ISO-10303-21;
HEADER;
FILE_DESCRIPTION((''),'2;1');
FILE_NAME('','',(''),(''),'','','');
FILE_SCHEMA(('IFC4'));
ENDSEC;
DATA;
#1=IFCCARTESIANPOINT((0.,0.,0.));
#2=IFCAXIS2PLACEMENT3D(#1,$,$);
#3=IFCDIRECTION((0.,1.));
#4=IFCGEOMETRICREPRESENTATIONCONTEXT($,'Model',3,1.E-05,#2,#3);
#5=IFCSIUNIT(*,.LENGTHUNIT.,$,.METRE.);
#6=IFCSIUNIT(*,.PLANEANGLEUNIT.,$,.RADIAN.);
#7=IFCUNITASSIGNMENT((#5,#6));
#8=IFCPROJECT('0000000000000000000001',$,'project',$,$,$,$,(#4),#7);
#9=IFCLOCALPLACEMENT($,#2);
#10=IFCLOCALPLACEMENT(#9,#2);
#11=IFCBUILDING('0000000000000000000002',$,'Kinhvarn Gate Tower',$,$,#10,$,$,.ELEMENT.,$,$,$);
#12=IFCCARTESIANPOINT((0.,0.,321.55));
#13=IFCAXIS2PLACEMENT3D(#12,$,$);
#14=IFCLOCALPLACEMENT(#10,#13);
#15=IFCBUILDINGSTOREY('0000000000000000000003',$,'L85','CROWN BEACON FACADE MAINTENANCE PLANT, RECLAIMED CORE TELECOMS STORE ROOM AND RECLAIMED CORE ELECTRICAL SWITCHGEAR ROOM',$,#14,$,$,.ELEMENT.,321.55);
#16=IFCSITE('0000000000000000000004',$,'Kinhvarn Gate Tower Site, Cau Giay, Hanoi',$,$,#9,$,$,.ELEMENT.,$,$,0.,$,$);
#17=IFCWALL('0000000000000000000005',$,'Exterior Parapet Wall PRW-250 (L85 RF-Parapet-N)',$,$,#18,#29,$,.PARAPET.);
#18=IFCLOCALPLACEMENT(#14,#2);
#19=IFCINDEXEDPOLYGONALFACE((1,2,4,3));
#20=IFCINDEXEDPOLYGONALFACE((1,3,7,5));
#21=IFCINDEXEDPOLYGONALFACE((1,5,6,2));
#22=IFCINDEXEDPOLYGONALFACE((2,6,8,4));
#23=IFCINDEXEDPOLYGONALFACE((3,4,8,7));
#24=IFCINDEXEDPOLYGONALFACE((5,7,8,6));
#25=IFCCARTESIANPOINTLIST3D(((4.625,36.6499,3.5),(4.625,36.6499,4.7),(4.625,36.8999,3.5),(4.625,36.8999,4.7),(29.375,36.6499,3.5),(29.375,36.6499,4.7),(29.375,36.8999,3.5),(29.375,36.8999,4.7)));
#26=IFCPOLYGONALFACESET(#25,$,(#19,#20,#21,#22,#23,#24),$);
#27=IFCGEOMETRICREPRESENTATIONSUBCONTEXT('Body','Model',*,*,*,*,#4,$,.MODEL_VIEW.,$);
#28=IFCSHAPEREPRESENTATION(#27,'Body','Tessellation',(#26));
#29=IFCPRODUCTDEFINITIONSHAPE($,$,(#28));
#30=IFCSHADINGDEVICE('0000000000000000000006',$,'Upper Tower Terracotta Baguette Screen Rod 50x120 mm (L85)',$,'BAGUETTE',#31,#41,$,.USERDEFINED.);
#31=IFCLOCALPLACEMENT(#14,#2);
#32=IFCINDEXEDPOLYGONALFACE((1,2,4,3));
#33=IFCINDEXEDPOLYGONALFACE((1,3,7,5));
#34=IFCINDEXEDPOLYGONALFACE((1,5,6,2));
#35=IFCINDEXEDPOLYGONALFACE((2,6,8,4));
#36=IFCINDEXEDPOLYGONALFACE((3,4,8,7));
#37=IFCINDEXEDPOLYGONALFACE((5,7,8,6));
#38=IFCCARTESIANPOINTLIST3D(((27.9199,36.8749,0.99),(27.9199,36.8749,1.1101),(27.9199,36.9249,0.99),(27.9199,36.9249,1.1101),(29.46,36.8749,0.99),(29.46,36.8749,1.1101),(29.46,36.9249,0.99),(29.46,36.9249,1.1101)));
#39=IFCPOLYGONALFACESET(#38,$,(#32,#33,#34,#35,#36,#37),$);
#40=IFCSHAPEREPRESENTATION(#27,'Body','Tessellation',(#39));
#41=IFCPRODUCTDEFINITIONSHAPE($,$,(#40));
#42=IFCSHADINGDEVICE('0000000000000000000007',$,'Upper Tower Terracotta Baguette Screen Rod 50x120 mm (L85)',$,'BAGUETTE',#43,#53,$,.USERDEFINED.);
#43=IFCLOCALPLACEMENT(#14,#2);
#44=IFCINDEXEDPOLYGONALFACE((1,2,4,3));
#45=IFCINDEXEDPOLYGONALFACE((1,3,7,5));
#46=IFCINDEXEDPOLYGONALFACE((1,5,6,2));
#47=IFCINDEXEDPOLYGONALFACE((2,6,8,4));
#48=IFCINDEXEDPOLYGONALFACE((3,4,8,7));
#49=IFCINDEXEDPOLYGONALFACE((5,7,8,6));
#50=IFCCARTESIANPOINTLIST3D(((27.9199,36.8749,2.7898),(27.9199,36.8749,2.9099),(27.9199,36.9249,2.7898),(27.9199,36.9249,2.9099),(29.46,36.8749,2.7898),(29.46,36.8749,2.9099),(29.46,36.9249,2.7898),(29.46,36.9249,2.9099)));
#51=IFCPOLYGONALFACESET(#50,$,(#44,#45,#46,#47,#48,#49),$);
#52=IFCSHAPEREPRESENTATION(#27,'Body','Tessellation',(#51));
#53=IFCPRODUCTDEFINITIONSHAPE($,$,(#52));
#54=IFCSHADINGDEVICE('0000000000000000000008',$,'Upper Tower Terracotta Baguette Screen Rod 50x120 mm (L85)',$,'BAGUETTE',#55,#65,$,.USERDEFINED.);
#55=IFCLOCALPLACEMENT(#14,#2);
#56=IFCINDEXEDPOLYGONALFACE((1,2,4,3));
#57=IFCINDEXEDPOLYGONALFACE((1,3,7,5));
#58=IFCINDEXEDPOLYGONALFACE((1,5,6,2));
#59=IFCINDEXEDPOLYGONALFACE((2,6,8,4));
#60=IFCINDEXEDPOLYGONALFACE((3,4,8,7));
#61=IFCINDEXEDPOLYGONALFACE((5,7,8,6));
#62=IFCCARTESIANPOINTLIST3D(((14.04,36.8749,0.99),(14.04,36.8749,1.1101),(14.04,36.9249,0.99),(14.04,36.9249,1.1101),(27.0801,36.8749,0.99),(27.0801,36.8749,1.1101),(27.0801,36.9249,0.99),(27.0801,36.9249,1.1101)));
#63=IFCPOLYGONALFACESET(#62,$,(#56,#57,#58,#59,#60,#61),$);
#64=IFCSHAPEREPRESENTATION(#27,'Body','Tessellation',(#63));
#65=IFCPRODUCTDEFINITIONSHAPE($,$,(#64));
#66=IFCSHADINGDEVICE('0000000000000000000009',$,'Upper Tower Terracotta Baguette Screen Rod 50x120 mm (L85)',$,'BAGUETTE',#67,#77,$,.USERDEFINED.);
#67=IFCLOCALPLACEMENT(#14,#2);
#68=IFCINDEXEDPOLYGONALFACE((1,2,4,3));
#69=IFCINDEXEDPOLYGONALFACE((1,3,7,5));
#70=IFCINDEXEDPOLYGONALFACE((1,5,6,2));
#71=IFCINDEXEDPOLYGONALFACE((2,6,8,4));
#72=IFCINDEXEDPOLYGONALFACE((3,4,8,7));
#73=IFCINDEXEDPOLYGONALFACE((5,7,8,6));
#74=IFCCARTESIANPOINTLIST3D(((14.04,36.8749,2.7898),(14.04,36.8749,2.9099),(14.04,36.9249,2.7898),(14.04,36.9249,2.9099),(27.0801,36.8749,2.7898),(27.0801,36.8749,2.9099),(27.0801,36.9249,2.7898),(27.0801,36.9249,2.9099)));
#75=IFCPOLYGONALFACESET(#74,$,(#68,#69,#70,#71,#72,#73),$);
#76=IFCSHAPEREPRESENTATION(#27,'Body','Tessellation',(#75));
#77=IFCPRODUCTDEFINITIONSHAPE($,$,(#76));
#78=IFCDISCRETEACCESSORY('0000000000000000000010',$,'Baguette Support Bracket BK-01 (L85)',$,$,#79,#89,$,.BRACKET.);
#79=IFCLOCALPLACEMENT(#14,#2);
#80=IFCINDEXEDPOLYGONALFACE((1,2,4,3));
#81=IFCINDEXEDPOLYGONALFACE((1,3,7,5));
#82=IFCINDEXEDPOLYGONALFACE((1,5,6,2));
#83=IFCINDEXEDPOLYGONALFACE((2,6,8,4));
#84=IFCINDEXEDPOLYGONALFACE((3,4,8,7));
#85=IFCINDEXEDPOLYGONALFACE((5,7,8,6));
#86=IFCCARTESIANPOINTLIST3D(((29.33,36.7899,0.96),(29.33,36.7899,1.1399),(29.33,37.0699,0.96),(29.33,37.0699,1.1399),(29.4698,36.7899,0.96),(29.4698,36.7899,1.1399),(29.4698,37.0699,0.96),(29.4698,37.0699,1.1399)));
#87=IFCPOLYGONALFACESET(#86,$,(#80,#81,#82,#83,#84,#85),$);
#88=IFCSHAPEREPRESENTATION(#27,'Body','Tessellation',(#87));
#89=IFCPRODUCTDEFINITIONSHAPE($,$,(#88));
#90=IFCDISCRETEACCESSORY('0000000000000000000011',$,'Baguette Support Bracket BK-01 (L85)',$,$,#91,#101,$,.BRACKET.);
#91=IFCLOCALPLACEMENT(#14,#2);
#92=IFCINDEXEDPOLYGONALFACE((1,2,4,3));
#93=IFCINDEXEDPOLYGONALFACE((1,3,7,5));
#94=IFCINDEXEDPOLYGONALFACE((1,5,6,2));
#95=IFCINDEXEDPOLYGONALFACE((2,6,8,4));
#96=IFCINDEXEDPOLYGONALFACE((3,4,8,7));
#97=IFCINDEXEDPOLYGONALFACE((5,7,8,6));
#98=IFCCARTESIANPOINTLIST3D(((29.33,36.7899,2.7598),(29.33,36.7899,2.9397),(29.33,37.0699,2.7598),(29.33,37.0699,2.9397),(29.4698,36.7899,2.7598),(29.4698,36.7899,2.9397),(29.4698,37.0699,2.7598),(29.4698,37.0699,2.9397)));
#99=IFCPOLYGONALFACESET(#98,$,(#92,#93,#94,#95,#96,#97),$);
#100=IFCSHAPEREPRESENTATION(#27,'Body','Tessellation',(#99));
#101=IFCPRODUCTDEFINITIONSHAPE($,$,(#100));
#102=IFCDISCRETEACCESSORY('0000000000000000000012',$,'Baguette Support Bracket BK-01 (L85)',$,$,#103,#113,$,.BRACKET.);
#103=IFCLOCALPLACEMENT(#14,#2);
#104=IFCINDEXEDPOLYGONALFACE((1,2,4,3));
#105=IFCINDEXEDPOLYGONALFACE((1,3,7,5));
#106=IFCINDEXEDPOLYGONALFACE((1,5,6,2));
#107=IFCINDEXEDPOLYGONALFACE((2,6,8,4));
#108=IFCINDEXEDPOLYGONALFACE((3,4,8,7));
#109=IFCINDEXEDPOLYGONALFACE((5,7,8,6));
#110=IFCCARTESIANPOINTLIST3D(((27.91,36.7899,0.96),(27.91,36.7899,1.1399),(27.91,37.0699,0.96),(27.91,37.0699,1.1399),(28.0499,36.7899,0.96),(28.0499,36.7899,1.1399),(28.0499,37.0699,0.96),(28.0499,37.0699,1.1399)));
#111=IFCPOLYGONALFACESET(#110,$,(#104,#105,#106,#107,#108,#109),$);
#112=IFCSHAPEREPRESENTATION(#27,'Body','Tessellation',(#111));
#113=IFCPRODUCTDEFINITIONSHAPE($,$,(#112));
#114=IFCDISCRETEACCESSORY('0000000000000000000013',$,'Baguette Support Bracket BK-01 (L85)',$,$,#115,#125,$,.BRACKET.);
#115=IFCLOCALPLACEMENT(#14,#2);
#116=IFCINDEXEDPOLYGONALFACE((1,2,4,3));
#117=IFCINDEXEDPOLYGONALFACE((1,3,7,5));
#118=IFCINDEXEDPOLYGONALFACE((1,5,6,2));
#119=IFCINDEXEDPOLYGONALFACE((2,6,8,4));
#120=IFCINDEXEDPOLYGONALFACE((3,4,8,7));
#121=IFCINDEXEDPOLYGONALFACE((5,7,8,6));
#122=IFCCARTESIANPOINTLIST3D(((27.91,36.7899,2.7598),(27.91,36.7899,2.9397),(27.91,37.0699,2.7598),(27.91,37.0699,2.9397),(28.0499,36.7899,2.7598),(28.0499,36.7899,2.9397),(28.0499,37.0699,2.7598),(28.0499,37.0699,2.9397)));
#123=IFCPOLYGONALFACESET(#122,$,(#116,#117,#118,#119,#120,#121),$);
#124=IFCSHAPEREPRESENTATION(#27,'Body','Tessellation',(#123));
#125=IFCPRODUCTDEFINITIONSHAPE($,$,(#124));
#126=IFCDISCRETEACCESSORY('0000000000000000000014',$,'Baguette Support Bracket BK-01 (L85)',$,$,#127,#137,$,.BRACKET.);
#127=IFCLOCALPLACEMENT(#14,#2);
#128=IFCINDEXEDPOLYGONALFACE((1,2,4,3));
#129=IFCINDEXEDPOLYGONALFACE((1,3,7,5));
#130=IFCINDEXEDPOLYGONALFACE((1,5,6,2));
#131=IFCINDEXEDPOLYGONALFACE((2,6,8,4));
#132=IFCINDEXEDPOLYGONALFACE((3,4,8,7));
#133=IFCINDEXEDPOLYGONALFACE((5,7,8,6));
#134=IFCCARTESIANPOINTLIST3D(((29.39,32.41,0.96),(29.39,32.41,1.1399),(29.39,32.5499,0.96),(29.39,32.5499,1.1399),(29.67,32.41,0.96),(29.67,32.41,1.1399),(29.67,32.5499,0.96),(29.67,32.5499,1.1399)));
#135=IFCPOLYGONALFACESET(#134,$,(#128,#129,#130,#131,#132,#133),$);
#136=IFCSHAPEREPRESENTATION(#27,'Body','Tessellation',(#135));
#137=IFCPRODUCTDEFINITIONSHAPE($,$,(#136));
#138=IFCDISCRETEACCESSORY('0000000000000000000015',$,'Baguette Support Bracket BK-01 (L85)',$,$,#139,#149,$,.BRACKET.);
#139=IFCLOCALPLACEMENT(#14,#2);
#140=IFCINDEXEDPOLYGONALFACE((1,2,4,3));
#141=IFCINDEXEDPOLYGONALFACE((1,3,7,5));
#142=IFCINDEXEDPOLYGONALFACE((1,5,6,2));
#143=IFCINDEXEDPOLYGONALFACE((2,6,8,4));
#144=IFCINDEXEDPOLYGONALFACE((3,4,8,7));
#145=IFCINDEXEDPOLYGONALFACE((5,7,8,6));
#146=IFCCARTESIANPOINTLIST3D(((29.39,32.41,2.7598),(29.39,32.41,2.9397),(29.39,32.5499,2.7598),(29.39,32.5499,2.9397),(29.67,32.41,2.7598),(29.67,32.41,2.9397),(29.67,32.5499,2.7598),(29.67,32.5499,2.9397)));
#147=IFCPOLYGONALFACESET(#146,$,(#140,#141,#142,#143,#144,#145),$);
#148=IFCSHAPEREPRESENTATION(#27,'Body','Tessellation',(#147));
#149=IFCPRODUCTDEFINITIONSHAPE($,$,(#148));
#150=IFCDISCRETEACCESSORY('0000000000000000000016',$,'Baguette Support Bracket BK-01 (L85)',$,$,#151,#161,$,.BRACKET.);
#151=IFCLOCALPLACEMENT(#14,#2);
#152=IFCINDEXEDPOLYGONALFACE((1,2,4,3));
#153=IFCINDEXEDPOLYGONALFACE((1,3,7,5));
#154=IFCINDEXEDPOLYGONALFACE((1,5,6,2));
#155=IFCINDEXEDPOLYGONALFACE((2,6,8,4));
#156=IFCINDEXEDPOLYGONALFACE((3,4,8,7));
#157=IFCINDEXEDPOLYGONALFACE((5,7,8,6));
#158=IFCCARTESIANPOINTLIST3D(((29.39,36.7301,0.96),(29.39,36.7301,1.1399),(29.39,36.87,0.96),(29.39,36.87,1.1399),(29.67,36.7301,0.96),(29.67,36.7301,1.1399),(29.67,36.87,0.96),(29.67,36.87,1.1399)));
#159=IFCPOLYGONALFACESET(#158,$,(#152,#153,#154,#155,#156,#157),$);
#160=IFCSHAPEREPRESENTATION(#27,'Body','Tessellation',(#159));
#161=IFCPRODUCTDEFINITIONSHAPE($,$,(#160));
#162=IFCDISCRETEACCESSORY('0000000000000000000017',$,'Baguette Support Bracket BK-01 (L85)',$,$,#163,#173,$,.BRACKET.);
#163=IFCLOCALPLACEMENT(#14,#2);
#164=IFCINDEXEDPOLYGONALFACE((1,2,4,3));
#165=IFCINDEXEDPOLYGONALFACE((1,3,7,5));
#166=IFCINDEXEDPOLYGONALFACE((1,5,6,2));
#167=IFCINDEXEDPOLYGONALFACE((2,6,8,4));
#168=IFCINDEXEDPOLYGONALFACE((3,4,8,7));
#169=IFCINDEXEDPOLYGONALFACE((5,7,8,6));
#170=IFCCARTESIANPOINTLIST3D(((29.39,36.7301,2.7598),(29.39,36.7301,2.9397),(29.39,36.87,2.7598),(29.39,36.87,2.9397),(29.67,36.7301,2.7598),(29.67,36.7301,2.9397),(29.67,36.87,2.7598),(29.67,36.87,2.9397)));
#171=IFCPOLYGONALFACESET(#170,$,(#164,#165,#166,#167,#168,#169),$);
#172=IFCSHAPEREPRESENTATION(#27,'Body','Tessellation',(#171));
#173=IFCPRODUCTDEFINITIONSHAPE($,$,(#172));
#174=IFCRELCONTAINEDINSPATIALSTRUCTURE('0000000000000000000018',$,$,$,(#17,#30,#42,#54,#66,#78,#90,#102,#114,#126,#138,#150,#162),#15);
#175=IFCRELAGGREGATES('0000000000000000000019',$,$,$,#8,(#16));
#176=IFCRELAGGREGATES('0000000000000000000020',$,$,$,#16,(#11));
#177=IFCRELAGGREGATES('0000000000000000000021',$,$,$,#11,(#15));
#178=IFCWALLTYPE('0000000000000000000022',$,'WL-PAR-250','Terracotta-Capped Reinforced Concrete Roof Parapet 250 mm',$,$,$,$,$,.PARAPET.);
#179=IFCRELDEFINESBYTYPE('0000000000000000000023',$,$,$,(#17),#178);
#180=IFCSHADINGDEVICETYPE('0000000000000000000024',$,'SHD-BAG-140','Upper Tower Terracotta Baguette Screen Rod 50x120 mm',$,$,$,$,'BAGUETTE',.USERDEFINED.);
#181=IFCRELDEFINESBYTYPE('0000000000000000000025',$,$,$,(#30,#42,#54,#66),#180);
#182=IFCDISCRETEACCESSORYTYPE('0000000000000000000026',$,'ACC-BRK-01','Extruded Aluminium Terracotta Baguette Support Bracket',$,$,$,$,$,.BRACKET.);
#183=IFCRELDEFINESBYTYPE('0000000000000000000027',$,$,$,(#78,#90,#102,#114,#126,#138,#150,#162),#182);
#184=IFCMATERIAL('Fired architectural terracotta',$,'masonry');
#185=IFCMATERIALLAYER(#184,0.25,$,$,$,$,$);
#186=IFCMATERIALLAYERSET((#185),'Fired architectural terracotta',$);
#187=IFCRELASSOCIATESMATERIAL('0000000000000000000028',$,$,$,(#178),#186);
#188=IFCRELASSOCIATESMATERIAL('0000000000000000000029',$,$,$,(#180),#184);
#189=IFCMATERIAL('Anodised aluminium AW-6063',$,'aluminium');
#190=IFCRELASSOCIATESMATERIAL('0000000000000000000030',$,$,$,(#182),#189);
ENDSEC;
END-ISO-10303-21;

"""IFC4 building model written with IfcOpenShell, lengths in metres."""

from ifc_helpers import new_model, si_unit, direction, frame, frame_2d, origin, origin_2d, place, context, subcontext, project, spatial, rectangle, extrude, material, layer, layer_set, material_profile, profile_set, type_object, element, save


model = new_model("IFC4")

# Units and contexts
model_context = context("Model", 3, precision=1e-05, world=origin(), true_north=direction((0.0, 1.0)))
body_context = subcontext(model_context, "Body", "Model", "MODEL_VIEW")
ifc_project = project(units=[si_unit("LENGTHUNIT", "METRE"), si_unit("PLANEANGLEUNIT", "RADIAN")], contexts=[model_context])

# Site, building, storey
site_placement = place(None, origin())
site = spatial("IfcSite", under=ifc_project, at=site_placement, Name="Kinhvarn Gate Tower Site, Cau Giay, Hanoi", CompositionType="ELEMENT", RefElevation=0.0)
building_placement = place(site_placement, origin())
building = spatial("IfcBuilding", under=site, at=building_placement, Name="Kinhvarn Gate Tower", CompositionType="ELEMENT")
storey_placement = place(building_placement, frame((0.0, 0.0, 321.55)))
storey = spatial("IfcBuildingStorey", under=building, at=storey_placement, Name="L85", Description="CROWN BEACON FACADE MAINTENANCE PLANT, RECLAIMED CORE TELECOMS STORE ROOM AND RECLAIMED CORE ELECTRICAL SWITCHGEAR ROOM", CompositionType="ELEMENT", Elevation=321.55)

# Shared definitions
ifc_material_1 = material(Name="Anodised aluminium AW-6063", Category="aluminium")

# Wall
ifc_material_2 = material(Name="Fired architectural terracotta", Category="masonry")
ifc_layer_1 = layer(ifc_material_2, 0.25)
ifc_layer_set_1 = layer_set([ifc_layer_1], Name="Fired architectural terracotta")
wall_type = type_object("IfcWallType", Name="WL-PAR-250", Description="Terracotta-Capped Reinforced Concrete Roof Parapet 250 mm", PredefinedType="PARAPET", material=ifc_layer_set_1)
wall_1_placement = place(storey_placement, frame((29.375, 36.7749, 3.5), z_axis=(0.0, 0.0, 1.0), x_axis=(-1.0, 0.0, 0.0)))
element("IfcWall", 1, at=wall_1_placement, inside=storey, type_object=wall_type, Name="Exterior Parapet Wall PRW-250 (L85 RF-Parapet-N)", PredefinedType="PARAPET", context=body_context, shape_type="SweptSolid", body=[
    extrude(rectangle(XDim=24.75, YDim=0.25, at=frame_2d((12.375, 0.0))), origin(), (0.0, 0.0, 1.0), 1.2),
])

# Shading devices
ifc_material_profile_1 = material_profile(ifc_material_2, rectangle(XDim=0.05, YDim=0.1201, at=origin_2d()), Name="TC 50x120")
ifc_profile_set_1 = profile_set([ifc_material_profile_1], Name="Fired architectural terracotta")
shading_device_type = type_object("IfcShadingDeviceType", Name="SHD-BAG-140", Description="Upper Tower Terracotta Baguette Screen Rod 50x120 mm", ElementType="BAGUETTE", PredefinedType="USERDEFINED", material=ifc_profile_set_1)
for number, where, z_axis, x_axis, name in (
    (2, (29.46, 36.8999, 1.05), (-1.0, 0.0, 0.0), (0.0, -1.0, 0.0), "Upper Tower Terracotta Baguette Screen Rod 50x120 mm (L85)"),
    (3, (29.46, 36.8999, 2.8499), (-1.0, 0.0, 0.0), (0.0, -1.0, 0.0), "Upper Tower Terracotta Baguette Screen Rod 50x120 mm (L85)"),
):
    element("IfcShadingDevice", number, at=place(storey_placement, frame(where, z_axis=z_axis, x_axis=x_axis)), inside=storey, type_object=shading_device_type, Name=name, ObjectType="BAGUETTE", PredefinedType="USERDEFINED", context=body_context, shape_type="SweptSolid", body=[
        extrude(rectangle(XDim=0.05, YDim=0.1201, at=origin_2d()), origin(), (0.0, 0.0, 1.0), 1.54),
    ])
for number, where, z_axis, x_axis, name in (
    (4, (27.0801, 36.8999, 1.05), (-1.0, 0.0, 0.0), (0.0, -1.0, 0.0), "Upper Tower Terracotta Baguette Screen Rod 50x120 mm (L85)"),
    (5, (27.0801, 36.8999, 2.8499), (-1.0, 0.0, 0.0), (0.0, -1.0, 0.0), "Upper Tower Terracotta Baguette Screen Rod 50x120 mm (L85)"),
):
    element("IfcShadingDevice", number, at=place(storey_placement, frame(where, z_axis=z_axis, x_axis=x_axis)), inside=storey, type_object=shading_device_type, Name=name, ObjectType="BAGUETTE", PredefinedType="USERDEFINED", context=body_context, shape_type="SweptSolid", body=[
        extrude(rectangle(XDim=0.05, YDim=0.1201, at=origin_2d()), origin(), (0.0, 0.0, 1.0), 13.04),
    ])

# Discrete accessories
discrete_accessory_type = type_object("IfcDiscreteAccessoryType", Name="ACC-BRK-01", Description="Extruded Aluminium Terracotta Baguette Support Bracket", PredefinedType="BRACKET", material=ifc_material_1)
for number, where, z_axis, x_axis, name in (
    (6, (29.3999, 36.9299, 0.96), (0.0, 0.0, 1.0), (-1.0, 0.0, 0.0), "Baguette Support Bracket BK-01 (L85)"),
    (7, (29.3999, 36.9299, 2.7598), (0.0, 0.0, 1.0), (-1.0, 0.0, 0.0), "Baguette Support Bracket BK-01 (L85)"),
    (8, (27.98, 36.9299, 0.96), (0.0, 0.0, 1.0), (-1.0, 0.0, 0.0), "Baguette Support Bracket BK-01 (L85)"),
    (9, (27.98, 36.9299, 2.7598), (0.0, 0.0, 1.0), (-1.0, 0.0, 0.0), "Baguette Support Bracket BK-01 (L85)"),
    (10, (29.53, 32.48, 0.96), (0.0, 0.0, 1.0), (0.0, 1.0, 0.0), "Baguette Support Bracket BK-01 (L85)"),
    (11, (29.53, 32.48, 2.7598), (0.0, 0.0, 1.0), (0.0, 1.0, 0.0), "Baguette Support Bracket BK-01 (L85)"),
    (12, (29.53, 36.8, 0.96), (0.0, 0.0, 1.0), (0.0, 1.0, 0.0), "Baguette Support Bracket BK-01 (L85)"),
    (13, (29.53, 36.8, 2.7598), (0.0, 0.0, 1.0), (0.0, 1.0, 0.0), "Baguette Support Bracket BK-01 (L85)"),
):
    element("IfcDiscreteAccessory", number, at=place(storey_placement, frame(where, z_axis=z_axis, x_axis=x_axis)), inside=storey, type_object=discrete_accessory_type, Name=name, PredefinedType="BRACKET", context=body_context, shape_type="SweptSolid", body=[
        extrude(rectangle(XDim=0.1399, YDim=0.28, at=origin_2d()), origin(), (0.0, 0.0, 1.0), 0.1799),
    ])

save(model, "model.ifc")
